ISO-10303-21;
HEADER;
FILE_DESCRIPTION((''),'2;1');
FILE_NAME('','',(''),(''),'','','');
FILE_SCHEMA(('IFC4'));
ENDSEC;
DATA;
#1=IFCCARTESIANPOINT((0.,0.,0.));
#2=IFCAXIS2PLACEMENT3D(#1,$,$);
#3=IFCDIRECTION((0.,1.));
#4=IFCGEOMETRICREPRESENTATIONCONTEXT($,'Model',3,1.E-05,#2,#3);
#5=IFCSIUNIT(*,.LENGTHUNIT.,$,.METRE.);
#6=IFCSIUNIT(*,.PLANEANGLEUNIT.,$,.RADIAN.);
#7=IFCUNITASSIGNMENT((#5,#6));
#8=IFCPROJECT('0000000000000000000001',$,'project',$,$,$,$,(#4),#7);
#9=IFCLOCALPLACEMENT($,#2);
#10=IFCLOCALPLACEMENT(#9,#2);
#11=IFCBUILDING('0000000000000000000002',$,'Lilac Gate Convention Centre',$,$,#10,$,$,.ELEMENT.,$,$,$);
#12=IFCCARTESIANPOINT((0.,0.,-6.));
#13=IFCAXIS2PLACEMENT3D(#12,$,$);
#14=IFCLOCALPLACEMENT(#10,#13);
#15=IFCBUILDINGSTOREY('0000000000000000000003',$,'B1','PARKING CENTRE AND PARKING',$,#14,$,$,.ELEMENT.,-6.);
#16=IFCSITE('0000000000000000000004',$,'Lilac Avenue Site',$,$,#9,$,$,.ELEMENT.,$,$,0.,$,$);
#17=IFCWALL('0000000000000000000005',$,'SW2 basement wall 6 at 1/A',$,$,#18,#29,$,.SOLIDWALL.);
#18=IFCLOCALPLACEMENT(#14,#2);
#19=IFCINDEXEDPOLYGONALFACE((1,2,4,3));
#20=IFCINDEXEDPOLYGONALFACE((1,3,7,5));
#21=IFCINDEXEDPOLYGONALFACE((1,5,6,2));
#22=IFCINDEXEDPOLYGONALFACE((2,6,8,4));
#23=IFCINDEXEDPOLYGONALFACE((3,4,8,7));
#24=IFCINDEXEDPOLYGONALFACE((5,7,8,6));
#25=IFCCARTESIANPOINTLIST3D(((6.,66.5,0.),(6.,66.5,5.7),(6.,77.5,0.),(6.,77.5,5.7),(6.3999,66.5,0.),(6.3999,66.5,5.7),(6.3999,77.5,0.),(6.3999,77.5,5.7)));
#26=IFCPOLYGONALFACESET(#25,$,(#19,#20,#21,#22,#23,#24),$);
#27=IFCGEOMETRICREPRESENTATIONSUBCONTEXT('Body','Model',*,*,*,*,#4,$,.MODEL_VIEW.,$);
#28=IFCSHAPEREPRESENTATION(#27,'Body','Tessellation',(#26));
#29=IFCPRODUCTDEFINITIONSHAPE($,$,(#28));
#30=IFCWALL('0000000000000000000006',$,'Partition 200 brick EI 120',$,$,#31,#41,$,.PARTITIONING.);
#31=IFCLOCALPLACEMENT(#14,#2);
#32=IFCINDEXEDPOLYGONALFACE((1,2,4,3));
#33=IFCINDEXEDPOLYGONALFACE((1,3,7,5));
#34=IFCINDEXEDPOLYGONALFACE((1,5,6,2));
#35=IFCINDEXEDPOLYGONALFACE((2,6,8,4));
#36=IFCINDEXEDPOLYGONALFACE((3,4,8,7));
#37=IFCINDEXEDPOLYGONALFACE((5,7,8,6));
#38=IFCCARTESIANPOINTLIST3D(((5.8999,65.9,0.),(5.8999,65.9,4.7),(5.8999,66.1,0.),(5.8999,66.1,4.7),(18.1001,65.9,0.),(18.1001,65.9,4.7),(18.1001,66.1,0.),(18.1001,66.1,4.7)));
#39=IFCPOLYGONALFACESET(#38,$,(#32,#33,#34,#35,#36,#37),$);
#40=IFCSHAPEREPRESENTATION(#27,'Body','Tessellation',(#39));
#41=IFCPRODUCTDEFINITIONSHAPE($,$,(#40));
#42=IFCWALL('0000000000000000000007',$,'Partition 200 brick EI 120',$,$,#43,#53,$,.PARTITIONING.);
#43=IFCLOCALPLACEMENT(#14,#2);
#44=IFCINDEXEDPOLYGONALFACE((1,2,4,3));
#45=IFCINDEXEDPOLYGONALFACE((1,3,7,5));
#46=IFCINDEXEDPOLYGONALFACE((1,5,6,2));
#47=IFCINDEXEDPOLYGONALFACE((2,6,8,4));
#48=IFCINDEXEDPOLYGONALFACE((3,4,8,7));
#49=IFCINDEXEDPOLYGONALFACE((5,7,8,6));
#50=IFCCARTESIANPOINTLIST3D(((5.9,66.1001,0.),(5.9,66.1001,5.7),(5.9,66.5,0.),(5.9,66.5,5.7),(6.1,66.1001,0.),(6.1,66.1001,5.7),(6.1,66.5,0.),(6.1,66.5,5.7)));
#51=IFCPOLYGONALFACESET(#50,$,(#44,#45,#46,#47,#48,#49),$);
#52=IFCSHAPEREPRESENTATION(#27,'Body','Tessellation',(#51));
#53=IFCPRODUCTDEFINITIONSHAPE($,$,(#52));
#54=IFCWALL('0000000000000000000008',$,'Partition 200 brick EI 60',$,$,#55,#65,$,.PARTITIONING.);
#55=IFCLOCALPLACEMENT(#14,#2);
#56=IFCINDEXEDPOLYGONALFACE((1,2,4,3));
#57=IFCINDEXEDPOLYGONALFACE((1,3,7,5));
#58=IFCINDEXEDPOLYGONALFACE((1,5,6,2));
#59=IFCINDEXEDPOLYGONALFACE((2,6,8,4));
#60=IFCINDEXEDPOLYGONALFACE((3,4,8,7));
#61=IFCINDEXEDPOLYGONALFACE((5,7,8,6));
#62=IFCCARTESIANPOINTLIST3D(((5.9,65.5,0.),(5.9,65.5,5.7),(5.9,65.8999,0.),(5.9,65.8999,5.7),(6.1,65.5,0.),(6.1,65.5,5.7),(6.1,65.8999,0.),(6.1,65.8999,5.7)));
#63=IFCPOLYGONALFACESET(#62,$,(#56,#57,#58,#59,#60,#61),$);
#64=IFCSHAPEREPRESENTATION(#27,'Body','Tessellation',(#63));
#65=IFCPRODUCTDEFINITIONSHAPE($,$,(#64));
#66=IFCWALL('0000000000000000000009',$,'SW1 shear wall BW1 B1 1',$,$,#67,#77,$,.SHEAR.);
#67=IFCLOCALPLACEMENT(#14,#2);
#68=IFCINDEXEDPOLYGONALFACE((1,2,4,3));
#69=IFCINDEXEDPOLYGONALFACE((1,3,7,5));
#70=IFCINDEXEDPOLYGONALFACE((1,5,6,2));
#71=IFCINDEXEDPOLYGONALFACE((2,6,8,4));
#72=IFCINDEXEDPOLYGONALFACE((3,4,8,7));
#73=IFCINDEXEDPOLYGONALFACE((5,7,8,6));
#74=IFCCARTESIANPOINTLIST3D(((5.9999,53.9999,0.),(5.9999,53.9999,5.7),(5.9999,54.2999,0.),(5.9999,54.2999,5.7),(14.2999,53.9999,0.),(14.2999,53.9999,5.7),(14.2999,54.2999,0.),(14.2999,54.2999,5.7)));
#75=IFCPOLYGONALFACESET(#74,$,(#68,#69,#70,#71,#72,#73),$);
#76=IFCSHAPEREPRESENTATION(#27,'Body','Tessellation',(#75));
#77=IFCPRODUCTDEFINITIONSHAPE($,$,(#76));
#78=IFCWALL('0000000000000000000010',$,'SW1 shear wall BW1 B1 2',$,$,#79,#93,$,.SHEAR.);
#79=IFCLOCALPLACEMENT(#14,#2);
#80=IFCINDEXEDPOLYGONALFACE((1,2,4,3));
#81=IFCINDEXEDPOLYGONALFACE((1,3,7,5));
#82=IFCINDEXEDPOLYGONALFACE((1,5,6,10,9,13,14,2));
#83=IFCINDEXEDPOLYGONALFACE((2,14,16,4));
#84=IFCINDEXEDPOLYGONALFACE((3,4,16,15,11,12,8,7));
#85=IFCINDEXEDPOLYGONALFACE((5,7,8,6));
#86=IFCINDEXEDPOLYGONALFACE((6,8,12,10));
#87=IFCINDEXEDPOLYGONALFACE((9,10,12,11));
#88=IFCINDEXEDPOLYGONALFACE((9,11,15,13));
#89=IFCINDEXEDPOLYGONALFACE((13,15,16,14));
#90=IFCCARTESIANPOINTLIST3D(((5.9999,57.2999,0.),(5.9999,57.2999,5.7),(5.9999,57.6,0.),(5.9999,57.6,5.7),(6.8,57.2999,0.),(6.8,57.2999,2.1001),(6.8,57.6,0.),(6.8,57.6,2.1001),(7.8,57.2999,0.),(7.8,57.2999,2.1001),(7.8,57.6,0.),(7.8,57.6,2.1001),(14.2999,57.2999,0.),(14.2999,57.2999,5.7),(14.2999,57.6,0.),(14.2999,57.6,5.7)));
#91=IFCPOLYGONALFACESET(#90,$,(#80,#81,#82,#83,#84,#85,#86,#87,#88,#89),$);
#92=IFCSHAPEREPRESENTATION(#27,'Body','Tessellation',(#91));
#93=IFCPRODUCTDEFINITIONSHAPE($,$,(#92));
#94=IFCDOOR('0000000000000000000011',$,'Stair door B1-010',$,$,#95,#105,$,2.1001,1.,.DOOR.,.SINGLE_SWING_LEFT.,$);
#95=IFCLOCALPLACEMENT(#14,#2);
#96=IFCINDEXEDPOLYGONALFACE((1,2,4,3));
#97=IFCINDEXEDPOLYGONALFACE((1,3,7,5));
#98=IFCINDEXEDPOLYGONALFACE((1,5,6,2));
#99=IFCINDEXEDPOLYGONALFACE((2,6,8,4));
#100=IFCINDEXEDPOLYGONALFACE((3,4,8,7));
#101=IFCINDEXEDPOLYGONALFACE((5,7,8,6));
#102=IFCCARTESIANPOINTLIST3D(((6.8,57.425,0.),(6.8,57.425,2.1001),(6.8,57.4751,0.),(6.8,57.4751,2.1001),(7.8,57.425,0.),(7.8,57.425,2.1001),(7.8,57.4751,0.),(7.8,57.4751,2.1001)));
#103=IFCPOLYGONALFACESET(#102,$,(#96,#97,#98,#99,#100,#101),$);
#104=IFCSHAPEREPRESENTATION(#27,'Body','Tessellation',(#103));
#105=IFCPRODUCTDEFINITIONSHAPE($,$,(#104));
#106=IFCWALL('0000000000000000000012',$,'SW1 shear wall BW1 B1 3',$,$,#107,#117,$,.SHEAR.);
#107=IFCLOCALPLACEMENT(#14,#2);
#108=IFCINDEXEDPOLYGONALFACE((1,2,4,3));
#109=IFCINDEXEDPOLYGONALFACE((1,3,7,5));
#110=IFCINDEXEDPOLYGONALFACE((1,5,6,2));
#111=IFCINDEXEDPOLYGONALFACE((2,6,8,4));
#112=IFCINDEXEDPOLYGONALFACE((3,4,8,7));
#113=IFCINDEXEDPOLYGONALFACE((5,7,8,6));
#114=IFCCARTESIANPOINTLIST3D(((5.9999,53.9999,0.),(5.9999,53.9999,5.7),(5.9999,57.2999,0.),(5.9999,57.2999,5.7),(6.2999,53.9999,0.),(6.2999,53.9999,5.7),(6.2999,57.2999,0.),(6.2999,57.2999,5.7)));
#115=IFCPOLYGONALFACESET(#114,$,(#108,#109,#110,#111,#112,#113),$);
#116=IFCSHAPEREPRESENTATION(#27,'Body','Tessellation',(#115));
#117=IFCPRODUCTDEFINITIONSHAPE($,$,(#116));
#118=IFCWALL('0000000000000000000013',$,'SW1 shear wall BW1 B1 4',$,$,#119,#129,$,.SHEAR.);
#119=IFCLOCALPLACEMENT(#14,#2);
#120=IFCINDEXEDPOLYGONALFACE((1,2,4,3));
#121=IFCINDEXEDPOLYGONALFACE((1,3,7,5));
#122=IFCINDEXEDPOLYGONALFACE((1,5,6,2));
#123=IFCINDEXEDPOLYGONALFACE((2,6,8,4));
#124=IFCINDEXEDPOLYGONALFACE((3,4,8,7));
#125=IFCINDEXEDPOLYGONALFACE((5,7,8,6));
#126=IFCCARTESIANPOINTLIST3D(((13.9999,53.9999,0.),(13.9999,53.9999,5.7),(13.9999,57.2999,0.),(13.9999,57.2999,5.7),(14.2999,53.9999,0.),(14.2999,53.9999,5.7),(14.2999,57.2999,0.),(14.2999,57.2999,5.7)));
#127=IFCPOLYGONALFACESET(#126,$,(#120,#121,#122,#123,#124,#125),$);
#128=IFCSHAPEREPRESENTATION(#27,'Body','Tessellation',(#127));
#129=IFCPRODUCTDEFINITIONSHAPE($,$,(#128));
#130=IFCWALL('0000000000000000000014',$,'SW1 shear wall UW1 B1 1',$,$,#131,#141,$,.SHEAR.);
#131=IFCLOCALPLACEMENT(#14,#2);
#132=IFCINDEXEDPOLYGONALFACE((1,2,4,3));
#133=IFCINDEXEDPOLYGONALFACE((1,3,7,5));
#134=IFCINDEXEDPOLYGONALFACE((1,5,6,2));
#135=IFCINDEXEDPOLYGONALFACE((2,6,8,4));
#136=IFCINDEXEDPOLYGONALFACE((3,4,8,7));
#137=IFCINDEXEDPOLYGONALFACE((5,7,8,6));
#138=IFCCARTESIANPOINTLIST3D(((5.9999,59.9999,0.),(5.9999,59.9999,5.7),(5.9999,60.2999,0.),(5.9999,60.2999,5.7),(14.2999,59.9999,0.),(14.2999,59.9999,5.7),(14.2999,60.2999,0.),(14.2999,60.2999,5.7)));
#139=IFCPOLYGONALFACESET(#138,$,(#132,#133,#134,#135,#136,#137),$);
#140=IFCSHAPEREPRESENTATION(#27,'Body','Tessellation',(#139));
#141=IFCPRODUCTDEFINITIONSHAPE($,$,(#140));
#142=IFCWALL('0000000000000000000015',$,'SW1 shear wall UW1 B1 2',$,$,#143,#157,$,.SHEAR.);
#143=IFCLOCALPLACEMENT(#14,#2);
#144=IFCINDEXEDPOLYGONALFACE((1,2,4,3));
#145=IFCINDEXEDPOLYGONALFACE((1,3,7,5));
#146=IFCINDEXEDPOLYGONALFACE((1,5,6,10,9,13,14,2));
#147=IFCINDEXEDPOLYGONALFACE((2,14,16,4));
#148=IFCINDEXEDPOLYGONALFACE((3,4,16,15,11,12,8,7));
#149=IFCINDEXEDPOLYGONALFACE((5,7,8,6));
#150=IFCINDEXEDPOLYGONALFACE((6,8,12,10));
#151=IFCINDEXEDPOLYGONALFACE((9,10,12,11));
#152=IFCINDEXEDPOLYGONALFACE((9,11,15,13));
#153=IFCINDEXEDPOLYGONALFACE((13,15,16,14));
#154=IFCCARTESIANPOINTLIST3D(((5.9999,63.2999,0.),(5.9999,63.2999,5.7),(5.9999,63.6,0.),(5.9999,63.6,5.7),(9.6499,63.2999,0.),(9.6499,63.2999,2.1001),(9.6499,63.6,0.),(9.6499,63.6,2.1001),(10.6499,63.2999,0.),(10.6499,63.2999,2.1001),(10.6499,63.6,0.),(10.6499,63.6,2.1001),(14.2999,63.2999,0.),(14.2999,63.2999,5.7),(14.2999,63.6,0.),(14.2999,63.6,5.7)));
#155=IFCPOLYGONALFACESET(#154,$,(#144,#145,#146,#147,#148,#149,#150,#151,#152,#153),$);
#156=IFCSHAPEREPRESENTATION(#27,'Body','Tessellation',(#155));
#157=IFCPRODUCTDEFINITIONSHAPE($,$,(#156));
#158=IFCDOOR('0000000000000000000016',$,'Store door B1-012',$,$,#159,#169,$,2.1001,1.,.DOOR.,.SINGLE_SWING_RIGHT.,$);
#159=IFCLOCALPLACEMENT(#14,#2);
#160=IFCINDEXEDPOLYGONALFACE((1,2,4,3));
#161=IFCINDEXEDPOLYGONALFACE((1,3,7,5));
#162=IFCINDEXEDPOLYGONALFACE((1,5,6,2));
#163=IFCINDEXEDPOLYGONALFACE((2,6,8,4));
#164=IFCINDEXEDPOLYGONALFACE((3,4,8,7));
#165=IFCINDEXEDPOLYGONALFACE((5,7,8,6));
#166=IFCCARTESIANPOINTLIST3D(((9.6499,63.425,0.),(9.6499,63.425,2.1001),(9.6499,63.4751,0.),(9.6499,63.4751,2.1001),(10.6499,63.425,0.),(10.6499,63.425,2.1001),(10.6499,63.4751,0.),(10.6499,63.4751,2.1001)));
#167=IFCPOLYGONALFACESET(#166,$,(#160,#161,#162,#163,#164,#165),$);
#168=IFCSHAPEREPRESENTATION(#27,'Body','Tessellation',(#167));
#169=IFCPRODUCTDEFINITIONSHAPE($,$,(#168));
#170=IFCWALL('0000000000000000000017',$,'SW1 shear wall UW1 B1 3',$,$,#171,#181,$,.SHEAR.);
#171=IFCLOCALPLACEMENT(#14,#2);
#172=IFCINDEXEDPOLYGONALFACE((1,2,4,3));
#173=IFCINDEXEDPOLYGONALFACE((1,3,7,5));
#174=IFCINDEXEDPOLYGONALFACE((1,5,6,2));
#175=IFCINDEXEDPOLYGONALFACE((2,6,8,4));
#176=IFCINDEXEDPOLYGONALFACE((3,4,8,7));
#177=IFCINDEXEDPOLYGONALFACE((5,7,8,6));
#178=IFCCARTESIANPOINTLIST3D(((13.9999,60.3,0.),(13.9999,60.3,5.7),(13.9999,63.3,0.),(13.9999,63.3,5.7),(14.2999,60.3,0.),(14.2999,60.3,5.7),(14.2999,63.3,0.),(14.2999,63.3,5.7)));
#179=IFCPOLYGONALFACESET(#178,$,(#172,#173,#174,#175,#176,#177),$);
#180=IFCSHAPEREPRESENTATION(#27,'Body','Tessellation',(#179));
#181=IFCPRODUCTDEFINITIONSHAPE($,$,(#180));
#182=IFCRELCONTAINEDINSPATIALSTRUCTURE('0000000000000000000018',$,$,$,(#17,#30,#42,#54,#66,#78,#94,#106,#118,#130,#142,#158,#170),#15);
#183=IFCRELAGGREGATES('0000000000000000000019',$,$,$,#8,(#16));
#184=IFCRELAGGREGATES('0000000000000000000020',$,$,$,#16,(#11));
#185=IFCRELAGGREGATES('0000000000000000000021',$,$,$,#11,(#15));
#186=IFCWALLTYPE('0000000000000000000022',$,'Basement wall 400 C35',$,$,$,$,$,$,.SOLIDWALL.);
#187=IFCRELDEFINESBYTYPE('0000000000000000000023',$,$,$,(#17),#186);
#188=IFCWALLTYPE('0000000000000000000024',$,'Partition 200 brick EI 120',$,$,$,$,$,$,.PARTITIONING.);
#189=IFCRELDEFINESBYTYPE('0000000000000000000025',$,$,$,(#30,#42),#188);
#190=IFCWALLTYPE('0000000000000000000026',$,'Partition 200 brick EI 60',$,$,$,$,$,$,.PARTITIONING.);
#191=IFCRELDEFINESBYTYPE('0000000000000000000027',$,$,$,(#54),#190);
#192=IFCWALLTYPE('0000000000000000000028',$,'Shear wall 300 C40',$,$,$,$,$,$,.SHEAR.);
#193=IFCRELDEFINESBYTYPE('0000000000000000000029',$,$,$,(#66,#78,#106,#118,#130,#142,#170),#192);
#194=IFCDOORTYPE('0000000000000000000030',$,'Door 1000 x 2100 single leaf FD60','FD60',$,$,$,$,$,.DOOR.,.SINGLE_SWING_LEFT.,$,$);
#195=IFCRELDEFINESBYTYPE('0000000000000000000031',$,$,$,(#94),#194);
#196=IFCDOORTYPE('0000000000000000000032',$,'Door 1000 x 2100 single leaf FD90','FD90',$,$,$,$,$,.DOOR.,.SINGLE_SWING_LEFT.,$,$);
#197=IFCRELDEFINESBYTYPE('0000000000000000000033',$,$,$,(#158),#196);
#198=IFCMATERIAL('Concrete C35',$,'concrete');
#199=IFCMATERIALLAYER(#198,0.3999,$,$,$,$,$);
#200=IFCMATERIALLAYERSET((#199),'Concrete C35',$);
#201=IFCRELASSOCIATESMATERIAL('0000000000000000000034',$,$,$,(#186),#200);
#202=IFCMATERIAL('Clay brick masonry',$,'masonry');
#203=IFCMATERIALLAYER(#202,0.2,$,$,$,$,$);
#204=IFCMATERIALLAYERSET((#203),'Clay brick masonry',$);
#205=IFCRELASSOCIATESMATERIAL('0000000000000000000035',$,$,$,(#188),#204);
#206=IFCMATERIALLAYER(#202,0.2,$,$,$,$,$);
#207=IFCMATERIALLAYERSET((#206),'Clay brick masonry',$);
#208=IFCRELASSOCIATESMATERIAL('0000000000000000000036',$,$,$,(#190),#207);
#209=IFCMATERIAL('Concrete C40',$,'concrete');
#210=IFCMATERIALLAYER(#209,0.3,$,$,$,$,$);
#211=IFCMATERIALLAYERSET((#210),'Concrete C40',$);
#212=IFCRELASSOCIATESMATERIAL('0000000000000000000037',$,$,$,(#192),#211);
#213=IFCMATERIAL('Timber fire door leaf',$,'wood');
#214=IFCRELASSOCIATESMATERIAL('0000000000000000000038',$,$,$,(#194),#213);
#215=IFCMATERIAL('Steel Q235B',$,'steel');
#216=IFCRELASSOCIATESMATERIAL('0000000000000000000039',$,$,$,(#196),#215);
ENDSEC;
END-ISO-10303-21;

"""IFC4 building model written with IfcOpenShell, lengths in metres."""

from ifc_helpers import new_model, si_unit, direction, frame, frame_2d, origin, place, context, subcontext, project, spatial, rectangle, extrude, material, layer, layer_set, type_object, element, fill, save


model = new_model("IFC4")

# Units and contexts
model_context = context("Model", 3, precision=1e-05, world=origin(), true_north=direction((0.0, 1.0)))
body_context = subcontext(model_context, "Body", "Model", "MODEL_VIEW")
ifc_project = project(units=[si_unit("LENGTHUNIT", "METRE"), si_unit("PLANEANGLEUNIT", "RADIAN")], contexts=[model_context])

# Site, building, storey
site_placement = place(None, origin())
site = spatial("IfcSite", under=ifc_project, at=site_placement, Name="Lilac Avenue Site", CompositionType="ELEMENT", RefElevation=0.0)
building_placement = place(site_placement, origin())
building = spatial("IfcBuilding", under=site, at=building_placement, Name="Lilac Gate Convention Centre", CompositionType="ELEMENT")
storey_placement = place(building_placement, frame((0.0, 0.0, -6.0)))
storey = spatial("IfcBuildingStorey", under=building, at=storey_placement, Name="B1", Description="PARKING CENTRE AND PARKING", CompositionType="ELEMENT", Elevation=-6.0)

# Shared definitions
ifc_material_1 = material(Name="Concrete C35", Category="concrete")

# Shared definitions
ifc_material_2 = material(Name="Concrete C40", Category="concrete")

# Walls
ifc_layer_1 = layer(ifc_material_1, 0.3999)
ifc_layer_set_1 = layer_set([ifc_layer_1], Name="Concrete C35")
wall_type_1 = type_object("IfcWallType", Name="Basement wall 400 C35", PredefinedType="SOLIDWALL", material=ifc_layer_set_1)
wall_1_placement = place(storey_placement, frame((6.2, 66.5, 0.0), z_axis=(0.0, 0.0, 1.0), x_axis=(0.0, 1.0, 0.0)))
element("IfcWall", 1, at=wall_1_placement, inside=storey, type_object=wall_type_1, Name="SW2 basement wall 6 at 1/A", PredefinedType="SOLIDWALL", context=body_context, shape_type="SweptSolid", body=[
    extrude(rectangle(XDim=11.0, YDim=0.3999, at=frame_2d((5.5, 0.0))), origin(), (0.0, 0.0, 1.0), 5.7),
])
ifc_material_3 = material(Name="Clay brick masonry", Category="masonry")
ifc_layer_2 = layer(ifc_material_3, 0.2)
ifc_layer_set_2 = layer_set([ifc_layer_2], Name="Clay brick masonry")
wall_type_2 = type_object("IfcWallType", Name="Partition 200 brick EI 120", PredefinedType="PARTITIONING", material=ifc_layer_set_2)
wall_2_placement = place(storey_placement, frame((5.8999, 66.0, 0.0), z_axis=(0.0, 0.0, 1.0), x_axis=(1.0, 0.0, 0.0)))
element("IfcWall", 2, at=wall_2_placement, inside=storey, type_object=wall_type_2, Name="Partition 200 brick EI 120", PredefinedType="PARTITIONING", context=body_context, shape_type="SweptSolid", body=[
    extrude(rectangle(XDim=12.2002, YDim=0.2, at=frame_2d((6.1001, 0.0))), origin(), (0.0, 0.0, 1.0), 4.7),
])
wall_3_placement = place(storey_placement, frame((6.0, 66.1001, 0.0), z_axis=(0.0, 0.0, 1.0), x_axis=(0.0, 1.0, 0.0)))
element("IfcWall", 3, at=wall_3_placement, inside=storey, type_object=wall_type_2, Name="Partition 200 brick EI 120", PredefinedType="PARTITIONING", context=body_context, shape_type="SweptSolid", body=[
    extrude(rectangle(XDim=0.3999, YDim=0.2, at=frame_2d((0.2, 0.0))), origin(), (0.0, 0.0, 1.0), 5.7),
])
ifc_layer_3 = layer(ifc_material_3, 0.2)
ifc_layer_set_3 = layer_set([ifc_layer_3], Name="Clay brick masonry")
wall_type_3 = type_object("IfcWallType", Name="Partition 200 brick EI 60", PredefinedType="PARTITIONING", material=ifc_layer_set_3)
wall_4_placement = place(storey_placement, frame((6.0, 65.5, 0.0), z_axis=(0.0, 0.0, 1.0), x_axis=(0.0, 1.0, 0.0)))
element("IfcWall", 4, at=wall_4_placement, inside=storey, type_object=wall_type_3, Name="Partition 200 brick EI 60", PredefinedType="PARTITIONING", context=body_context, shape_type="SweptSolid", body=[
    extrude(rectangle(XDim=0.3999, YDim=0.2, at=frame_2d((0.2, 0.0))), origin(), (0.0, 0.0, 1.0), 5.7),
])
ifc_layer_4 = layer(ifc_material_2, 0.3)
ifc_layer_set_4 = layer_set([ifc_layer_4], Name="Concrete C40")
wall_type_4 = type_object("IfcWallType", Name="Shear wall 300 C40", PredefinedType="SHEAR", material=ifc_layer_set_4)
wall_5_placement = place(storey_placement, frame((6.0, 54.1499, 0.0), z_axis=(0.0, 0.0, 1.0), x_axis=(1.0, 0.0, 0.0)))
element("IfcWall", 5, at=wall_5_placement, inside=storey, type_object=wall_type_4, Name="SW1 shear wall BW1 B1 1", PredefinedType="SHEAR", context=body_context, shape_type="SweptSolid", body=[
    extrude(rectangle(XDim=8.3, YDim=0.3, at=frame_2d((4.1499, 0.0))), origin(), (0.0, 0.0, 1.0), 5.7),
])

# Wall, opening, door
wall_6_placement = place(storey_placement, frame((6.0, 57.45, 0.0), z_axis=(0.0, 0.0, 1.0), x_axis=(1.0, 0.0, 0.0)))
wall_6 = element("IfcWall", 6, at=wall_6_placement, inside=storey, type_object=wall_type_4, Name="SW1 shear wall BW1 B1 2", PredefinedType="SHEAR", context=body_context, shape_type="SweptSolid", body=[
    extrude(rectangle(XDim=8.3, YDim=0.3, at=frame_2d((4.1499, 0.0))), origin(), (0.0, 0.0, 1.0), 5.7),
])
opening_1_placement = place(wall_6_placement, frame((0.8, 0.0, 0.0)))
opening_1 = element("IfcOpeningElement", 7, at=opening_1_placement, cuts=wall_6, PredefinedType="OPENING", context=body_context, shape_type="SweptSolid", body=[
    extrude(rectangle(XDim=1.0, YDim=2.1001, at=frame_2d((0.5, 1.05))), frame((0.0, 0.1599, 0.0), z_axis=(0.0, -1.0, 0.0), x_axis=(1.0, 0.0, 0.0)), (0.0, 0.0, 1.0), 0.3201),
])
ifc_material_4 = material(Name="Timber fire door leaf", Category="wood")
door_type_1 = type_object("IfcDoorType", Name="Door 1000 x 2100 single leaf FD60", Description="FD60", OperationType="SINGLE_SWING_LEFT", PredefinedType="DOOR", material=ifc_material_4)
door_1_placement = place(opening_1_placement, frame((1.0, 0.0, 0.0), z_axis=(0.0, 0.0, 1.0), x_axis=(-1.0, 0.0, 0.0)))
door_1 = element("IfcDoor", 8, at=door_1_placement, inside=storey, type_object=door_type_1, Name="Stair door B1-010", OperationType="SINGLE_SWING_LEFT", OverallHeight=2.1001, OverallWidth=1.0, PredefinedType="DOOR", context=body_context, shape_type="SweptSolid", body=[
    extrude(rectangle(XDim=1.0, YDim=2.1001, at=frame_2d((0.5, 1.05))), frame((0.0, 0.0249, 0.0), z_axis=(0.0, -1.0, 0.0), x_axis=(1.0, 0.0, 0.0)), (0.0, 0.0, 1.0), 0.05),
])
fill(opening_1, door_1)

# Walls
for number, where, z_axis, x_axis, name in (
    (9, (6.1499, 54.0, 0.0), (0.0, 0.0, 1.0), (0.0, 1.0, 0.0), "SW1 shear wall BW1 B1 3"),
    (10, (14.1499, 54.0, 0.0), (0.0, 0.0, 1.0), (0.0, 1.0, 0.0), "SW1 shear wall BW1 B1 4"),
):
    element("IfcWall", number, at=place(storey_placement, frame(where, z_axis=z_axis, x_axis=x_axis)), inside=storey, type_object=wall_type_4, Name=name, PredefinedType="SHEAR", context=body_context, shape_type="SweptSolid", body=[
        extrude(rectangle(XDim=3.3, YDim=0.3, at=frame_2d((1.6499, 0.0))), origin(), (0.0, 0.0, 1.0), 5.7),
    ])
wall_7_placement = place(storey_placement, frame((6.0, 60.1499, 0.0), z_axis=(0.0, 0.0, 1.0), x_axis=(1.0, 0.0, 0.0)))
element("IfcWall", 11, at=wall_7_placement, inside=storey, type_object=wall_type_4, Name="SW1 shear wall UW1 B1 1", PredefinedType="SHEAR", context=body_context, shape_type="SweptSolid", body=[
    extrude(rectangle(XDim=8.3, YDim=0.3, at=frame_2d((4.1499, 0.0))), origin(), (0.0, 0.0, 1.0), 5.7),
])

# Wall, opening, door
wall_8_placement = place(storey_placement, frame((6.0, 63.45, 0.0), z_axis=(0.0, 0.0, 1.0), x_axis=(1.0, 0.0, 0.0)))
wall_8 = element("IfcWall", 12, at=wall_8_placement, inside=storey, type_object=wall_type_4, Name="SW1 shear wall UW1 B1 2", PredefinedType="SHEAR", context=body_context, shape_type="SweptSolid", body=[
    extrude(rectangle(XDim=8.3, YDim=0.3, at=frame_2d((4.1499, 0.0))), origin(), (0.0, 0.0, 1.0), 5.7),
])
opening_2_placement = place(wall_8_placement, frame((3.6499, 0.0, 0.0)))
opening_2 = element("IfcOpeningElement", 13, at=opening_2_placement, cuts=wall_8, PredefinedType="OPENING", context=body_context, shape_type="SweptSolid", body=[
    extrude(rectangle(XDim=1.0, YDim=2.1001, at=frame_2d((0.5, 1.05))), frame((0.0, 0.1599, 0.0), z_axis=(0.0, -1.0, 0.0), x_axis=(1.0, 0.0, 0.0)), (0.0, 0.0, 1.0), 0.3201),
])
ifc_material_5 = material(Name="Steel Q235B", Category="steel")
door_type_2 = type_object("IfcDoorType", Name="Door 1000 x 2100 single leaf FD90", Description="FD90", OperationType="SINGLE_SWING_LEFT", PredefinedType="DOOR", material=ifc_material_5)
door_2_placement = place(opening_2_placement, frame((1.0, 0.0, 0.0), z_axis=(0.0, 0.0, 1.0), x_axis=(-1.0, 0.0, 0.0)))
door_2 = element("IfcDoor", 14, at=door_2_placement, inside=storey, type_object=door_type_2, Name="Store door B1-012", OperationType="SINGLE_SWING_RIGHT", OverallHeight=2.1001, OverallWidth=1.0, PredefinedType="DOOR", context=body_context, shape_type="SweptSolid", body=[
    extrude(rectangle(XDim=1.0, YDim=2.1001, at=frame_2d((0.5, 1.05))), frame((0.0, 0.0249, 0.0), z_axis=(0.0, -1.0, 0.0), x_axis=(1.0, 0.0, 0.0)), (0.0, 0.0, 1.0), 0.05),
])
fill(opening_2, door_2)

# Wall
wall_9_placement = place(storey_placement, frame((14.1499, 60.3, 0.0), z_axis=(0.0, 0.0, 1.0), x_axis=(0.0, 1.0, 0.0)))
element("IfcWall", 15, at=wall_9_placement, inside=storey, type_object=wall_type_4, Name="SW1 shear wall UW1 B1 3", PredefinedType="SHEAR", context=body_context, shape_type="SweptSolid", body=[
    extrude(rectangle(XDim=3.0, YDim=0.3, at=frame_2d((1.5, 0.0))), origin(), (0.0, 0.0, 1.0), 5.7),
])

save(model, "model.ifc")
